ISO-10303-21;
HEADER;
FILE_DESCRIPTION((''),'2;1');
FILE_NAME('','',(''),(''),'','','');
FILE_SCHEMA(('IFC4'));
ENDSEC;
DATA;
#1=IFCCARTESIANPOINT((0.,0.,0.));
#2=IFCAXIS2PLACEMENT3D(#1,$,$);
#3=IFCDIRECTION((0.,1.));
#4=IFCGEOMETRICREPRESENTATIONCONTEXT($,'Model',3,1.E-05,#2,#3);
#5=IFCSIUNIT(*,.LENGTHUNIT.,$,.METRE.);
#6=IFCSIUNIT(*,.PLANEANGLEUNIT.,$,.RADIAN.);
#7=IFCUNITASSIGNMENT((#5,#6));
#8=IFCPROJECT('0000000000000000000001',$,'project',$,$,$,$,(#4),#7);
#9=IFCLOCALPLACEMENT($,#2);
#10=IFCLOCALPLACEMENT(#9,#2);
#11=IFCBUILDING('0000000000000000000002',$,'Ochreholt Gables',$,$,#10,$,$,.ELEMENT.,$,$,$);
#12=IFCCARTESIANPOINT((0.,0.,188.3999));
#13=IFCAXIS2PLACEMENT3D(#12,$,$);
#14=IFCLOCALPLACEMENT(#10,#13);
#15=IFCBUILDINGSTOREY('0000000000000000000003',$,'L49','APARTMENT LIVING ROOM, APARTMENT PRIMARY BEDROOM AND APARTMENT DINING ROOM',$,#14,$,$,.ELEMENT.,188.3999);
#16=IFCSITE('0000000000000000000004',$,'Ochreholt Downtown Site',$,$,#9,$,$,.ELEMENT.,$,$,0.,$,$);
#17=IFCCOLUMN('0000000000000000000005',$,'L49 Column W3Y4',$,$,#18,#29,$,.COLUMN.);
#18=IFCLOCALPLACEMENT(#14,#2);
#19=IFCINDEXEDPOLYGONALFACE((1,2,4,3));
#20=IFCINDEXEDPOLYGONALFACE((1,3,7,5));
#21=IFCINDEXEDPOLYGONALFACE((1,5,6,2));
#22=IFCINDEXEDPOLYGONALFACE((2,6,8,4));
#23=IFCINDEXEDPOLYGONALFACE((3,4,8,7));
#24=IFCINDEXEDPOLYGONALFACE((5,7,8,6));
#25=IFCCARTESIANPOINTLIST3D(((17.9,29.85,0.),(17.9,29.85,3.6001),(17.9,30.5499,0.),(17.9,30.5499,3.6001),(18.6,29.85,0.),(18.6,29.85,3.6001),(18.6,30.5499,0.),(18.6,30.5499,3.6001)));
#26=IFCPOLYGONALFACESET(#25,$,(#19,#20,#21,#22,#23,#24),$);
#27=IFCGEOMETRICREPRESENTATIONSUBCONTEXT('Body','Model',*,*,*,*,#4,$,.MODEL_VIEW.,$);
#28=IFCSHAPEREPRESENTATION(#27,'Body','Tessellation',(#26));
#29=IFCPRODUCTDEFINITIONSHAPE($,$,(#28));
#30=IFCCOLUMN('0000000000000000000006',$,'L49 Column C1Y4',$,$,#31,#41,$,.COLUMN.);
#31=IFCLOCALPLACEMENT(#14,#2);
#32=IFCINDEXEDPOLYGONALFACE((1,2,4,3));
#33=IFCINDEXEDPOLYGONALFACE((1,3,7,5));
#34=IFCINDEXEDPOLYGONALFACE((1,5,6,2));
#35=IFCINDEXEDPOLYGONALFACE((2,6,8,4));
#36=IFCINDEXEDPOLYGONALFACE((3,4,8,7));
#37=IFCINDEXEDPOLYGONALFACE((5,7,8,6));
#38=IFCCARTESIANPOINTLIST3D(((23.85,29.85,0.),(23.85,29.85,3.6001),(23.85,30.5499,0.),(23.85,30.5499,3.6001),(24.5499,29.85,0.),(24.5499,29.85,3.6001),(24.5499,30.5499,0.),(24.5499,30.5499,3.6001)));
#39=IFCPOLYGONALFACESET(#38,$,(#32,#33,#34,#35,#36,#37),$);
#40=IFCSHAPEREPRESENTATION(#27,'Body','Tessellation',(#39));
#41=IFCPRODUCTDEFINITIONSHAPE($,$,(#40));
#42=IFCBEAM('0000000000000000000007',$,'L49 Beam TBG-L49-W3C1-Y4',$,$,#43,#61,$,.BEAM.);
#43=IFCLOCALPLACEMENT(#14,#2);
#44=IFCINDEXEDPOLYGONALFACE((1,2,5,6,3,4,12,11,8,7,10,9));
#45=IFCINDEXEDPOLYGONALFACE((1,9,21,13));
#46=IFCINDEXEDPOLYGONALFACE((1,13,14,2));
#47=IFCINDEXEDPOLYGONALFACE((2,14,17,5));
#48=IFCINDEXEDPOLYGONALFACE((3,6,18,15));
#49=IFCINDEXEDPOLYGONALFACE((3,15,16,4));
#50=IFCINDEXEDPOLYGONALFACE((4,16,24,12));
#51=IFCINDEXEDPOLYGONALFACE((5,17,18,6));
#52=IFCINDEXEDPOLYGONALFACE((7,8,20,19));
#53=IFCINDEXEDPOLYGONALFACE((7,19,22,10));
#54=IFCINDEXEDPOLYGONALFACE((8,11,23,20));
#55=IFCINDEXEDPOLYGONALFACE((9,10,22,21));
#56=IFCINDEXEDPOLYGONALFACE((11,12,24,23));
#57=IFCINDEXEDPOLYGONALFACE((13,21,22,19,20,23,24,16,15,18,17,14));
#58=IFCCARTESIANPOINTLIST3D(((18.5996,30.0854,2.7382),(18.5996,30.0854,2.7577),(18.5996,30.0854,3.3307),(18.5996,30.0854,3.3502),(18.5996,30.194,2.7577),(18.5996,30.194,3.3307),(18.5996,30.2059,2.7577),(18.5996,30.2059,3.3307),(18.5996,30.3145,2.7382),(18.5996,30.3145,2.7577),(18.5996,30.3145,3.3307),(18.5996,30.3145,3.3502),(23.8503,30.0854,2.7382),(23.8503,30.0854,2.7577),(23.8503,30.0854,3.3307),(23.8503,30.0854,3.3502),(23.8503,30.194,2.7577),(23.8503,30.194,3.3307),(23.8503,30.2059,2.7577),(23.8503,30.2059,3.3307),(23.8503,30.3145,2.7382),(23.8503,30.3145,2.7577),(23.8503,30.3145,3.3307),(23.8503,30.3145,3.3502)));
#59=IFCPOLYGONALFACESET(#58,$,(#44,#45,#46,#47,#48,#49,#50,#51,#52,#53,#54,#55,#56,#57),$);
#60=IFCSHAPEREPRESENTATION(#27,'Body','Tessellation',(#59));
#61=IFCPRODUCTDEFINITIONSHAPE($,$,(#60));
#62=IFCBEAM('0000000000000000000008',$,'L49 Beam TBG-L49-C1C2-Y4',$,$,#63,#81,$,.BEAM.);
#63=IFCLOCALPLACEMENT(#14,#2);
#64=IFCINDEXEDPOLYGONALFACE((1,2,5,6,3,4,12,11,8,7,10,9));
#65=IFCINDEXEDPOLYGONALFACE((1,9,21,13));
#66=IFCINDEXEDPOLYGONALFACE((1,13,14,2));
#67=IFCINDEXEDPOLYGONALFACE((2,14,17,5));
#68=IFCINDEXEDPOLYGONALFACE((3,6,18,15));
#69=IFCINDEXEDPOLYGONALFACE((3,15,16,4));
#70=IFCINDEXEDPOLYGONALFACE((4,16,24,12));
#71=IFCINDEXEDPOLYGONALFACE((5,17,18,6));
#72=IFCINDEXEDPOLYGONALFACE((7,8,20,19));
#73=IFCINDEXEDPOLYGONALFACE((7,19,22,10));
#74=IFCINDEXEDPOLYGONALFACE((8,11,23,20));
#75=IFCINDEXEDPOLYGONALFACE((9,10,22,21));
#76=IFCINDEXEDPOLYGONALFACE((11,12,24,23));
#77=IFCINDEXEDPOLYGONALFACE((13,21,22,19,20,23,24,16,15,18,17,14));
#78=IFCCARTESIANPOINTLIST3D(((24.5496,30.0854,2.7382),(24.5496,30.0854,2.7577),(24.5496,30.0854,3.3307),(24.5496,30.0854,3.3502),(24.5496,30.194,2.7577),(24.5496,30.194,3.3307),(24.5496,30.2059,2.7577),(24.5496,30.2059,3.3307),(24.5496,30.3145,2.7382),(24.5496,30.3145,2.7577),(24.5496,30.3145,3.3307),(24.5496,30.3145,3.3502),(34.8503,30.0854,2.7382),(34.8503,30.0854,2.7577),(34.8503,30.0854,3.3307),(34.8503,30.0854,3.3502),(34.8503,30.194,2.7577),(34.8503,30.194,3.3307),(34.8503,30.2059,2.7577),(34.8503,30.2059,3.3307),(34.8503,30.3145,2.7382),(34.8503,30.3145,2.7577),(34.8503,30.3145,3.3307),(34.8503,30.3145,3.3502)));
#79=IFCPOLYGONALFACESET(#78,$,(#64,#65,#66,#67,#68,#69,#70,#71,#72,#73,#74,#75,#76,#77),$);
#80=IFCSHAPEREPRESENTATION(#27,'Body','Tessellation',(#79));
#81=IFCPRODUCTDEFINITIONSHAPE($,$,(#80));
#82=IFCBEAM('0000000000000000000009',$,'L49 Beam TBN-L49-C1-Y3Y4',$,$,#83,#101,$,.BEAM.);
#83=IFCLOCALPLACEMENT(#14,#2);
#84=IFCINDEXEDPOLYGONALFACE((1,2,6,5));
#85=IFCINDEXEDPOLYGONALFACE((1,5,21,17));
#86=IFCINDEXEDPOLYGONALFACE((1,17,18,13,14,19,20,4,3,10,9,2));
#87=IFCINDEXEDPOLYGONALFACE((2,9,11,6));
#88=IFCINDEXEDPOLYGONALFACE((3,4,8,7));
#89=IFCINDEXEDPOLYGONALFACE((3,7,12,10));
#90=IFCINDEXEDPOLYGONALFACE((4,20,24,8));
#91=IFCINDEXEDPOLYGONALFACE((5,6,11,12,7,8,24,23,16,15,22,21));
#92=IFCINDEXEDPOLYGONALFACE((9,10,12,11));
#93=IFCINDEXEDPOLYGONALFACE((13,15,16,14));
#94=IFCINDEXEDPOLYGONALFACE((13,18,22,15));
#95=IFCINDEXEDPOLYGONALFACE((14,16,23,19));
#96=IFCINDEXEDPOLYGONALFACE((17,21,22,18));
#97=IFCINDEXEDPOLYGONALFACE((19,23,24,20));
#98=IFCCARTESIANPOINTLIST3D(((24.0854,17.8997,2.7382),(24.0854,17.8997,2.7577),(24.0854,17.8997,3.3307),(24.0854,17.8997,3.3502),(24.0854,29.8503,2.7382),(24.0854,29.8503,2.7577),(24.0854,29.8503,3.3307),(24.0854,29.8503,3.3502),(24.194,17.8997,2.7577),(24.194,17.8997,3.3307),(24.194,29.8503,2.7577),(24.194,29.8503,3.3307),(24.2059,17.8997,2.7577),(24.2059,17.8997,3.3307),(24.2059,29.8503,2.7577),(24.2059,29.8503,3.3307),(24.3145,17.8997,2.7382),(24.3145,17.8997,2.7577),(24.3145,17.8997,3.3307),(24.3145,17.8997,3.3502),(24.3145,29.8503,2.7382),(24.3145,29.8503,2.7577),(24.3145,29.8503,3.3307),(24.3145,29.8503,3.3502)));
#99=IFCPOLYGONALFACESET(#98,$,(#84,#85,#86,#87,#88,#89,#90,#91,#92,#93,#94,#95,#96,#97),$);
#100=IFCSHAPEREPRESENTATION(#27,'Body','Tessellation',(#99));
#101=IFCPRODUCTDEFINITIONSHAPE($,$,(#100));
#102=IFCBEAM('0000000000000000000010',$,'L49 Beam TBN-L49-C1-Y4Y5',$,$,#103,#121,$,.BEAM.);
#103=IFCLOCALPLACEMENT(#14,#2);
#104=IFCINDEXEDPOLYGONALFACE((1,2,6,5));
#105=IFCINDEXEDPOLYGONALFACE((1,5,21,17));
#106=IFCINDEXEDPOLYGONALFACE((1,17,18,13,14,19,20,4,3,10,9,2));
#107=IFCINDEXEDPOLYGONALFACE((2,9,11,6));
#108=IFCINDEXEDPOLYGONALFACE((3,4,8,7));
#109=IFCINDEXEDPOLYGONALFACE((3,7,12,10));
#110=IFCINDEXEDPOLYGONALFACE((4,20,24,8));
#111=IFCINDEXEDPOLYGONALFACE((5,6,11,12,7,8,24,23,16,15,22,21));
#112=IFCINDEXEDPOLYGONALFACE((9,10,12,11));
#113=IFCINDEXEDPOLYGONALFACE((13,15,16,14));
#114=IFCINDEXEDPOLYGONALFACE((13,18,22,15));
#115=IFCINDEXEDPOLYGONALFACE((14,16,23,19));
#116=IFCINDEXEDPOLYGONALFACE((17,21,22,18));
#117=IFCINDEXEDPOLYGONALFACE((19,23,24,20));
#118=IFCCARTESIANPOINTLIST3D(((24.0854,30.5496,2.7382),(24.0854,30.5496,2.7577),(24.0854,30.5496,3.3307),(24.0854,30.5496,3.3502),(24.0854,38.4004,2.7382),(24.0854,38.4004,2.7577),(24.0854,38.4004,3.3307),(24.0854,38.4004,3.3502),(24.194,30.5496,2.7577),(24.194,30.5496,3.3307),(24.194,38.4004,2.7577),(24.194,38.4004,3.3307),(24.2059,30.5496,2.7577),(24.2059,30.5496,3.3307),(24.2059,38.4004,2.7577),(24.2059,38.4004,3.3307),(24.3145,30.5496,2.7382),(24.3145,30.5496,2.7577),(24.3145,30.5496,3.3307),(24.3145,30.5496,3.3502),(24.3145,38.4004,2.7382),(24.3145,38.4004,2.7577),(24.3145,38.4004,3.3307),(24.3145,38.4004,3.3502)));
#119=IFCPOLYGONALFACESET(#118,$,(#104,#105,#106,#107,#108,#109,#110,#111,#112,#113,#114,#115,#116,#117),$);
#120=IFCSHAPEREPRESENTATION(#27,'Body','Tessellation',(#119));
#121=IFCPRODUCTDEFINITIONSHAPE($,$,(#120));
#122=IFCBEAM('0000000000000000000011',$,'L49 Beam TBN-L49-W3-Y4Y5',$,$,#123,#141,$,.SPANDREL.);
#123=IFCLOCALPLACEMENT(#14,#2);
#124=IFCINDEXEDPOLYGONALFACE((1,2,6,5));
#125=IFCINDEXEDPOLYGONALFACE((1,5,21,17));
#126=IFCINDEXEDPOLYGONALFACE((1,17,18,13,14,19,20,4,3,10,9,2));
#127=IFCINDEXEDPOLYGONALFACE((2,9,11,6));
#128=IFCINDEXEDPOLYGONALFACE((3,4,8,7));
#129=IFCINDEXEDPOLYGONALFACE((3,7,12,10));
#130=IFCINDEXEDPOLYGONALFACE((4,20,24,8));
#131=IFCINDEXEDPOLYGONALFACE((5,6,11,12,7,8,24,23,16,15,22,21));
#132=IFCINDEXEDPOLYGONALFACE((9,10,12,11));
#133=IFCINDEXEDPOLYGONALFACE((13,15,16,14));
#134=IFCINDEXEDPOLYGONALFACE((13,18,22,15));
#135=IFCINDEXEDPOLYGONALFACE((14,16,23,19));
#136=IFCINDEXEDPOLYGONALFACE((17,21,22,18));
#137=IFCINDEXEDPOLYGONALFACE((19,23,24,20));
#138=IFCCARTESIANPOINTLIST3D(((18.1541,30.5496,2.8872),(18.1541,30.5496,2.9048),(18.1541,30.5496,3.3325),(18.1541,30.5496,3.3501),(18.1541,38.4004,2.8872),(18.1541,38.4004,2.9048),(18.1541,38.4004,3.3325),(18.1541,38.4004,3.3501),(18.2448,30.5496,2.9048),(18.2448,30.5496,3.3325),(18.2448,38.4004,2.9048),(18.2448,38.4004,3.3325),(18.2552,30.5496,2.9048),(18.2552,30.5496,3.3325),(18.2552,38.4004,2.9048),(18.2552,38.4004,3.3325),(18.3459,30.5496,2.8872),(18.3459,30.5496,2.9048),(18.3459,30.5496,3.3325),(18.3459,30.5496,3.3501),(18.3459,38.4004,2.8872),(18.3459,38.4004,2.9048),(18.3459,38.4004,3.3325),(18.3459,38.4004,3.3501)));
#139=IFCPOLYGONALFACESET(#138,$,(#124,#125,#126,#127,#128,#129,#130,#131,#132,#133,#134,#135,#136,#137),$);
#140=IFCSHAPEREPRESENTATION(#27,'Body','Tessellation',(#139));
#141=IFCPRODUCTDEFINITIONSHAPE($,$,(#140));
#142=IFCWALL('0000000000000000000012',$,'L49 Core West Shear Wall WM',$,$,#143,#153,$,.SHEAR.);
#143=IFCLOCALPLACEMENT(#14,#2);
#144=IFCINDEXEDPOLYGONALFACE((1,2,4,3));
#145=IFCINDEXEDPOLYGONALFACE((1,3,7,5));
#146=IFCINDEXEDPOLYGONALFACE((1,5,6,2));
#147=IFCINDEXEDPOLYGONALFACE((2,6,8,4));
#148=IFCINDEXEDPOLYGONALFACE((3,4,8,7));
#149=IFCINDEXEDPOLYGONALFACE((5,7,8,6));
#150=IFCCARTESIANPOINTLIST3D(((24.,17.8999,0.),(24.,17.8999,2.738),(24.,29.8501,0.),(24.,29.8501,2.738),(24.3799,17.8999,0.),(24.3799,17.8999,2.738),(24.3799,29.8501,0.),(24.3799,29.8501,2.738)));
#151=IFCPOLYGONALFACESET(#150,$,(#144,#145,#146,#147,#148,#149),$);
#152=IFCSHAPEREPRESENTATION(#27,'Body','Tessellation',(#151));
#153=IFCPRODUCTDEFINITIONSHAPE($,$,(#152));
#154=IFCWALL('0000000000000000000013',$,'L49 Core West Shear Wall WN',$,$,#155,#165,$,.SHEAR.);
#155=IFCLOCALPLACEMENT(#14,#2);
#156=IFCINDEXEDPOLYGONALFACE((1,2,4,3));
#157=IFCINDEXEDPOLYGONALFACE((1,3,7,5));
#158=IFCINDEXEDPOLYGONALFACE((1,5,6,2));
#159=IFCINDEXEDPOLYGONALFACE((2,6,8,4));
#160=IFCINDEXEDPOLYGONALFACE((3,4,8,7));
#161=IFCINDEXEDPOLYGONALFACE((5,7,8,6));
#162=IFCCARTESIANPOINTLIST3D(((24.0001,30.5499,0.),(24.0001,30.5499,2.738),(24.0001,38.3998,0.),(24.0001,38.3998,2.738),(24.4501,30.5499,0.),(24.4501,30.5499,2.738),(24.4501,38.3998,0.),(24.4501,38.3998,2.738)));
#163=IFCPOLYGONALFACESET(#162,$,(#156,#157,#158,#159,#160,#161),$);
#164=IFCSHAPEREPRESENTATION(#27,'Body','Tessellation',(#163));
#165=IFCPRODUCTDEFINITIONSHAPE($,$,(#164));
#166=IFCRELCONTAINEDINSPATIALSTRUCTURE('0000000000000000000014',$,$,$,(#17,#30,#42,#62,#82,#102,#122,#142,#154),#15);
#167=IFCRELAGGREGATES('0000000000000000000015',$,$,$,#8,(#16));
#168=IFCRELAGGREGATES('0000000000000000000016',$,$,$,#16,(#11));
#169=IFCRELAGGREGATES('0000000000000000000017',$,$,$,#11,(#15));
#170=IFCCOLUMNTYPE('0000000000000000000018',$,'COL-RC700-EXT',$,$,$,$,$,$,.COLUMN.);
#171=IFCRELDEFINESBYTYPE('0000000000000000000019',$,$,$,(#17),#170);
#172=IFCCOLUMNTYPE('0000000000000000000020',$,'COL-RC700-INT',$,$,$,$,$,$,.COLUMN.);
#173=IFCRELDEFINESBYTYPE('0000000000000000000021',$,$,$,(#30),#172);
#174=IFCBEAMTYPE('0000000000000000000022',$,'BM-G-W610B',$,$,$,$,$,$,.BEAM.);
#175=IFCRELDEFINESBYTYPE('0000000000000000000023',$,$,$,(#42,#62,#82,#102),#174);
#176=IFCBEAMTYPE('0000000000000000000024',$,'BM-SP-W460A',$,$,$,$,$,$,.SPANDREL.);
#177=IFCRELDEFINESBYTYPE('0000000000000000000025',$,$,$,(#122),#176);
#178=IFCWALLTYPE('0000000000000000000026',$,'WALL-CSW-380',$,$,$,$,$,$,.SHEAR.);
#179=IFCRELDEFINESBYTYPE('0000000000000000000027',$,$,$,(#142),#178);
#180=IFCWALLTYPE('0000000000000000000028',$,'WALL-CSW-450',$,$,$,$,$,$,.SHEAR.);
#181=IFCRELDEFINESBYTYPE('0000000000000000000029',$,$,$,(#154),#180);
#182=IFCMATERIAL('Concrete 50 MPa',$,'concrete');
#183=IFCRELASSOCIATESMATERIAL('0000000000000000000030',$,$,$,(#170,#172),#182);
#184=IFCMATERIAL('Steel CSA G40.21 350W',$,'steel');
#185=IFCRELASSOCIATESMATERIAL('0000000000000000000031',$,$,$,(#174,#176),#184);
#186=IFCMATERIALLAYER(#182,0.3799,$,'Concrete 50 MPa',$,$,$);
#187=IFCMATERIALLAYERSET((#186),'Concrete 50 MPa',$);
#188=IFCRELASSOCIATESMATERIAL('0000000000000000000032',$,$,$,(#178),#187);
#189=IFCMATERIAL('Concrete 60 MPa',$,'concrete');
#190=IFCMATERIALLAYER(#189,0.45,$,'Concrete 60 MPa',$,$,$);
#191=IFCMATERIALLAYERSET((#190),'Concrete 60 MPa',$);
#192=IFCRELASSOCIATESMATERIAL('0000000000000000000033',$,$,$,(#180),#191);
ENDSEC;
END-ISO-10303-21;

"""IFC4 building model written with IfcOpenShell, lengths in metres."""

from ifc_helpers import new_model, si_unit, direction, frame, frame_2d, origin, origin_2d, place, context, subcontext, project, spatial, rectangle, i_section, extrude, material, layer, layer_set, material_profile, profile_set, type_object, element, save


model = new_model("IFC4")

# Units and contexts
model_context = context("Model", 3, precision=1e-05, world=origin(), true_north=direction((0.0, 1.0)))
body_context = subcontext(model_context, "Body", "Model", "MODEL_VIEW")
ifc_project = project(units=[si_unit("LENGTHUNIT", "METRE"), si_unit("PLANEANGLEUNIT", "RADIAN")], contexts=[model_context])

# Site, building, storey
site_placement = place(None, origin())
site = spatial("IfcSite", under=ifc_project, at=site_placement, Name="Ochreholt Downtown Site", CompositionType="ELEMENT", RefElevation=0.0)
building_placement = place(site_placement, origin())
building = spatial("IfcBuilding", under=site, at=building_placement, Name="Ochreholt Gables", CompositionType="ELEMENT")
storey_placement = place(building_placement, frame((0.0, 0.0, 188.3999)))
storey = spatial("IfcBuildingStorey", under=building, at=storey_placement, Name="L49", Description="APARTMENT LIVING ROOM, APARTMENT PRIMARY BEDROOM AND APARTMENT DINING ROOM", CompositionType="ELEMENT", Elevation=188.3999)

# Columns
ifc_material_1 = material(Name="Concrete 50 MPa", Category="concrete")
ifc_material_profile_1 = material_profile(ifc_material_1, rectangle(XDim=0.7, YDim=0.7, at=origin_2d()), Name="RC700X700")
ifc_profile_set_1 = profile_set([ifc_material_profile_1], Name="Concrete 50 MPa")
column_type_1 = type_object("IfcColumnType", Name="COL-RC700-EXT", PredefinedType="COLUMN", material=ifc_profile_set_1)
column_1_placement = place(storey_placement, frame((18.25, 30.2, 0.0), z_axis=(0.0, 0.0, 1.0), x_axis=(1.0, 0.0, 0.0)))
element("IfcColumn", 1, at=column_1_placement, inside=storey, type_object=column_type_1, Name="L49 Column W3Y4", PredefinedType="COLUMN", context=body_context, shape_type="SweptSolid", body=[
    extrude(rectangle(XDim=0.7, YDim=0.7, at=origin_2d()), origin(), (0.0, 0.0, 1.0), 3.6001),
])
ifc_material_profile_2 = material_profile(ifc_material_1, rectangle(XDim=0.7, YDim=0.7, at=origin_2d()), Name="RC700X700")
ifc_profile_set_2 = profile_set([ifc_material_profile_2], Name="Concrete 50 MPa")
column_type_2 = type_object("IfcColumnType", Name="COL-RC700-INT", PredefinedType="COLUMN", material=ifc_profile_set_2)
column_2_placement = place(storey_placement, frame((24.2, 30.2, 0.0), z_axis=(0.0, 0.0, 1.0), x_axis=(1.0, 0.0, 0.0)))
element("IfcColumn", 2, at=column_2_placement, inside=storey, type_object=column_type_2, Name="L49 Column C1Y4", PredefinedType="COLUMN", context=body_context, shape_type="SweptSolid", body=[
    extrude(rectangle(XDim=0.7, YDim=0.7, at=origin_2d()), origin(), (0.0, 0.0, 1.0), 3.6001),
])

# Beams
ifc_material_2 = material(Name="Steel CSA G40.21 350W", Category="steel")
ifc_material_profile_3 = material_profile(ifc_material_2, i_section(OverallWidth=0.229, OverallDepth=0.6121, WebThickness=0.012, FlangeThickness=0.0195, at=origin_2d()), Name="W610X125")
ifc_profile_set_3 = profile_set([ifc_material_profile_3], Name="Steel CSA G40.21 350W")
beam_type_1 = type_object("IfcBeamType", Name="BM-G-W610B", PredefinedType="BEAM", material=ifc_profile_set_3)
beam_1_placement = place(storey_placement, frame((18.5996, 30.2, 3.0442), z_axis=(1.0, 0.0, 0.0), x_axis=(0.0, 1.0, 0.0)))
element("IfcBeam", 3, at=beam_1_placement, inside=storey, type_object=beam_type_1, Name="L49 Beam TBG-L49-W3C1-Y4", PredefinedType="BEAM", context=body_context, shape_type="SweptSolid", body=[
    extrude(i_section(OverallWidth=0.229, OverallDepth=0.6121, WebThickness=0.012, FlangeThickness=0.0195, at=origin_2d()), origin(), (0.0, 0.0, 1.0), 5.2507),
])
beam_2_placement = place(storey_placement, frame((24.5496, 30.2, 3.0442), z_axis=(1.0, 0.0, 0.0), x_axis=(0.0, 1.0, 0.0)))
element("IfcBeam", 4, at=beam_2_placement, inside=storey, type_object=beam_type_1, Name="L49 Beam TBG-L49-C1C2-Y4", PredefinedType="BEAM", context=body_context, shape_type="SweptSolid", body=[
    extrude(i_section(OverallWidth=0.229, OverallDepth=0.6121, WebThickness=0.012, FlangeThickness=0.0195, at=origin_2d()), origin(), (0.0, 0.0, 1.0), 10.3008),
])
beam_3_placement = place(storey_placement, frame((24.2, 17.8997, 3.0442), z_axis=(0.0, 1.0, 0.0), x_axis=(-1.0, 0.0, 0.0)))
element("IfcBeam", 5, at=beam_3_placement, inside=storey, type_object=beam_type_1, Name="L49 Beam TBN-L49-C1-Y3Y4", PredefinedType="BEAM", context=body_context, shape_type="SweptSolid", body=[
    extrude(i_section(OverallWidth=0.229, OverallDepth=0.6121, WebThickness=0.012, FlangeThickness=0.0195, at=origin_2d()), origin(), (0.0, 0.0, 1.0), 11.9507),
])
beam_4_placement = place(storey_placement, frame((24.2, 30.5496, 3.0442), z_axis=(0.0, 1.0, 0.0), x_axis=(-1.0, 0.0, 0.0)))
element("IfcBeam", 6, at=beam_4_placement, inside=storey, type_object=beam_type_1, Name="L49 Beam TBN-L49-C1-Y4Y5", PredefinedType="BEAM", context=body_context, shape_type="SweptSolid", body=[
    extrude(i_section(OverallWidth=0.229, OverallDepth=0.6121, WebThickness=0.012, FlangeThickness=0.0195, at=origin_2d()), origin(), (0.0, 0.0, 1.0), 7.8508),
])
ifc_material_profile_4 = material_profile(ifc_material_2, i_section(OverallWidth=0.1919, OverallDepth=0.4629, WebThickness=0.0105, FlangeThickness=0.0176, at=origin_2d()), Name="W460X89")
ifc_profile_set_4 = profile_set([ifc_material_profile_4], Name="Steel CSA G40.21 350W")
beam_type_2 = type_object("IfcBeamType", Name="BM-SP-W460A", PredefinedType="SPANDREL", material=ifc_profile_set_4)
beam_5_placement = place(storey_placement, frame((18.25, 30.5496, 3.1187), z_axis=(0.0, 1.0, 0.0), x_axis=(-1.0, 0.0, 0.0)))
element("IfcBeam", 7, at=beam_5_placement, inside=storey, type_object=beam_type_2, Name="L49 Beam TBN-L49-W3-Y4Y5", PredefinedType="SPANDREL", context=body_context, shape_type="SweptSolid", body=[
    extrude(i_section(OverallWidth=0.1919, OverallDepth=0.4629, WebThickness=0.0105, FlangeThickness=0.0176, at=origin_2d()), origin(), (0.0, 0.0, 1.0), 7.8508),
])

# Walls
ifc_layer_1 = layer(ifc_material_1, 0.3799, Name="Concrete 50 MPa")
ifc_layer_set_1 = layer_set([ifc_layer_1], Name="Concrete 50 MPa")
wall_type_1 = type_object("IfcWallType", Name="WALL-CSW-380", PredefinedType="SHEAR", material=ifc_layer_set_1)
wall_1_placement = place(storey_placement, frame((24.1899, 17.8999, 0.0), z_axis=(0.0, 0.0, 1.0), x_axis=(0.0, 1.0, 0.0)))
element("IfcWall", 8, at=wall_1_placement, inside=storey, type_object=wall_type_1, Name="L49 Core West Shear Wall WM", PredefinedType="SHEAR", context=body_context, shape_type="SweptSolid", body=[
    extrude(rectangle(XDim=11.9502, YDim=0.3799, at=frame_2d((5.9751, 0.0))), origin(), (0.0, 0.0, 1.0), 2.738),
])
ifc_material_3 = material(Name="Concrete 60 MPa", Category="concrete")
ifc_layer_2 = layer(ifc_material_3, 0.45, Name="Concrete 60 MPa")
ifc_layer_set_2 = layer_set([ifc_layer_2], Name="Concrete 60 MPa")
wall_type_2 = type_object("IfcWallType", Name="WALL-CSW-450", PredefinedType="SHEAR", material=ifc_layer_set_2)
wall_2_placement = place(storey_placement, frame((24.2251, 30.55, 0.0), z_axis=(0.0, 0.0, 1.0), x_axis=(0.0, 1.0, 0.0)))
element("IfcWall", 9, at=wall_2_placement, inside=storey, type_object=wall_type_2, Name="L49 Core West Shear Wall WN", PredefinedType="SHEAR", context=body_context, shape_type="SweptSolid", body=[
    extrude(rectangle(XDim=7.8499, YDim=0.45, at=frame_2d((3.9248, 0.0))), origin(), (0.0, 0.0, 1.0), 2.738),
])

save(model, "model.ifc")
